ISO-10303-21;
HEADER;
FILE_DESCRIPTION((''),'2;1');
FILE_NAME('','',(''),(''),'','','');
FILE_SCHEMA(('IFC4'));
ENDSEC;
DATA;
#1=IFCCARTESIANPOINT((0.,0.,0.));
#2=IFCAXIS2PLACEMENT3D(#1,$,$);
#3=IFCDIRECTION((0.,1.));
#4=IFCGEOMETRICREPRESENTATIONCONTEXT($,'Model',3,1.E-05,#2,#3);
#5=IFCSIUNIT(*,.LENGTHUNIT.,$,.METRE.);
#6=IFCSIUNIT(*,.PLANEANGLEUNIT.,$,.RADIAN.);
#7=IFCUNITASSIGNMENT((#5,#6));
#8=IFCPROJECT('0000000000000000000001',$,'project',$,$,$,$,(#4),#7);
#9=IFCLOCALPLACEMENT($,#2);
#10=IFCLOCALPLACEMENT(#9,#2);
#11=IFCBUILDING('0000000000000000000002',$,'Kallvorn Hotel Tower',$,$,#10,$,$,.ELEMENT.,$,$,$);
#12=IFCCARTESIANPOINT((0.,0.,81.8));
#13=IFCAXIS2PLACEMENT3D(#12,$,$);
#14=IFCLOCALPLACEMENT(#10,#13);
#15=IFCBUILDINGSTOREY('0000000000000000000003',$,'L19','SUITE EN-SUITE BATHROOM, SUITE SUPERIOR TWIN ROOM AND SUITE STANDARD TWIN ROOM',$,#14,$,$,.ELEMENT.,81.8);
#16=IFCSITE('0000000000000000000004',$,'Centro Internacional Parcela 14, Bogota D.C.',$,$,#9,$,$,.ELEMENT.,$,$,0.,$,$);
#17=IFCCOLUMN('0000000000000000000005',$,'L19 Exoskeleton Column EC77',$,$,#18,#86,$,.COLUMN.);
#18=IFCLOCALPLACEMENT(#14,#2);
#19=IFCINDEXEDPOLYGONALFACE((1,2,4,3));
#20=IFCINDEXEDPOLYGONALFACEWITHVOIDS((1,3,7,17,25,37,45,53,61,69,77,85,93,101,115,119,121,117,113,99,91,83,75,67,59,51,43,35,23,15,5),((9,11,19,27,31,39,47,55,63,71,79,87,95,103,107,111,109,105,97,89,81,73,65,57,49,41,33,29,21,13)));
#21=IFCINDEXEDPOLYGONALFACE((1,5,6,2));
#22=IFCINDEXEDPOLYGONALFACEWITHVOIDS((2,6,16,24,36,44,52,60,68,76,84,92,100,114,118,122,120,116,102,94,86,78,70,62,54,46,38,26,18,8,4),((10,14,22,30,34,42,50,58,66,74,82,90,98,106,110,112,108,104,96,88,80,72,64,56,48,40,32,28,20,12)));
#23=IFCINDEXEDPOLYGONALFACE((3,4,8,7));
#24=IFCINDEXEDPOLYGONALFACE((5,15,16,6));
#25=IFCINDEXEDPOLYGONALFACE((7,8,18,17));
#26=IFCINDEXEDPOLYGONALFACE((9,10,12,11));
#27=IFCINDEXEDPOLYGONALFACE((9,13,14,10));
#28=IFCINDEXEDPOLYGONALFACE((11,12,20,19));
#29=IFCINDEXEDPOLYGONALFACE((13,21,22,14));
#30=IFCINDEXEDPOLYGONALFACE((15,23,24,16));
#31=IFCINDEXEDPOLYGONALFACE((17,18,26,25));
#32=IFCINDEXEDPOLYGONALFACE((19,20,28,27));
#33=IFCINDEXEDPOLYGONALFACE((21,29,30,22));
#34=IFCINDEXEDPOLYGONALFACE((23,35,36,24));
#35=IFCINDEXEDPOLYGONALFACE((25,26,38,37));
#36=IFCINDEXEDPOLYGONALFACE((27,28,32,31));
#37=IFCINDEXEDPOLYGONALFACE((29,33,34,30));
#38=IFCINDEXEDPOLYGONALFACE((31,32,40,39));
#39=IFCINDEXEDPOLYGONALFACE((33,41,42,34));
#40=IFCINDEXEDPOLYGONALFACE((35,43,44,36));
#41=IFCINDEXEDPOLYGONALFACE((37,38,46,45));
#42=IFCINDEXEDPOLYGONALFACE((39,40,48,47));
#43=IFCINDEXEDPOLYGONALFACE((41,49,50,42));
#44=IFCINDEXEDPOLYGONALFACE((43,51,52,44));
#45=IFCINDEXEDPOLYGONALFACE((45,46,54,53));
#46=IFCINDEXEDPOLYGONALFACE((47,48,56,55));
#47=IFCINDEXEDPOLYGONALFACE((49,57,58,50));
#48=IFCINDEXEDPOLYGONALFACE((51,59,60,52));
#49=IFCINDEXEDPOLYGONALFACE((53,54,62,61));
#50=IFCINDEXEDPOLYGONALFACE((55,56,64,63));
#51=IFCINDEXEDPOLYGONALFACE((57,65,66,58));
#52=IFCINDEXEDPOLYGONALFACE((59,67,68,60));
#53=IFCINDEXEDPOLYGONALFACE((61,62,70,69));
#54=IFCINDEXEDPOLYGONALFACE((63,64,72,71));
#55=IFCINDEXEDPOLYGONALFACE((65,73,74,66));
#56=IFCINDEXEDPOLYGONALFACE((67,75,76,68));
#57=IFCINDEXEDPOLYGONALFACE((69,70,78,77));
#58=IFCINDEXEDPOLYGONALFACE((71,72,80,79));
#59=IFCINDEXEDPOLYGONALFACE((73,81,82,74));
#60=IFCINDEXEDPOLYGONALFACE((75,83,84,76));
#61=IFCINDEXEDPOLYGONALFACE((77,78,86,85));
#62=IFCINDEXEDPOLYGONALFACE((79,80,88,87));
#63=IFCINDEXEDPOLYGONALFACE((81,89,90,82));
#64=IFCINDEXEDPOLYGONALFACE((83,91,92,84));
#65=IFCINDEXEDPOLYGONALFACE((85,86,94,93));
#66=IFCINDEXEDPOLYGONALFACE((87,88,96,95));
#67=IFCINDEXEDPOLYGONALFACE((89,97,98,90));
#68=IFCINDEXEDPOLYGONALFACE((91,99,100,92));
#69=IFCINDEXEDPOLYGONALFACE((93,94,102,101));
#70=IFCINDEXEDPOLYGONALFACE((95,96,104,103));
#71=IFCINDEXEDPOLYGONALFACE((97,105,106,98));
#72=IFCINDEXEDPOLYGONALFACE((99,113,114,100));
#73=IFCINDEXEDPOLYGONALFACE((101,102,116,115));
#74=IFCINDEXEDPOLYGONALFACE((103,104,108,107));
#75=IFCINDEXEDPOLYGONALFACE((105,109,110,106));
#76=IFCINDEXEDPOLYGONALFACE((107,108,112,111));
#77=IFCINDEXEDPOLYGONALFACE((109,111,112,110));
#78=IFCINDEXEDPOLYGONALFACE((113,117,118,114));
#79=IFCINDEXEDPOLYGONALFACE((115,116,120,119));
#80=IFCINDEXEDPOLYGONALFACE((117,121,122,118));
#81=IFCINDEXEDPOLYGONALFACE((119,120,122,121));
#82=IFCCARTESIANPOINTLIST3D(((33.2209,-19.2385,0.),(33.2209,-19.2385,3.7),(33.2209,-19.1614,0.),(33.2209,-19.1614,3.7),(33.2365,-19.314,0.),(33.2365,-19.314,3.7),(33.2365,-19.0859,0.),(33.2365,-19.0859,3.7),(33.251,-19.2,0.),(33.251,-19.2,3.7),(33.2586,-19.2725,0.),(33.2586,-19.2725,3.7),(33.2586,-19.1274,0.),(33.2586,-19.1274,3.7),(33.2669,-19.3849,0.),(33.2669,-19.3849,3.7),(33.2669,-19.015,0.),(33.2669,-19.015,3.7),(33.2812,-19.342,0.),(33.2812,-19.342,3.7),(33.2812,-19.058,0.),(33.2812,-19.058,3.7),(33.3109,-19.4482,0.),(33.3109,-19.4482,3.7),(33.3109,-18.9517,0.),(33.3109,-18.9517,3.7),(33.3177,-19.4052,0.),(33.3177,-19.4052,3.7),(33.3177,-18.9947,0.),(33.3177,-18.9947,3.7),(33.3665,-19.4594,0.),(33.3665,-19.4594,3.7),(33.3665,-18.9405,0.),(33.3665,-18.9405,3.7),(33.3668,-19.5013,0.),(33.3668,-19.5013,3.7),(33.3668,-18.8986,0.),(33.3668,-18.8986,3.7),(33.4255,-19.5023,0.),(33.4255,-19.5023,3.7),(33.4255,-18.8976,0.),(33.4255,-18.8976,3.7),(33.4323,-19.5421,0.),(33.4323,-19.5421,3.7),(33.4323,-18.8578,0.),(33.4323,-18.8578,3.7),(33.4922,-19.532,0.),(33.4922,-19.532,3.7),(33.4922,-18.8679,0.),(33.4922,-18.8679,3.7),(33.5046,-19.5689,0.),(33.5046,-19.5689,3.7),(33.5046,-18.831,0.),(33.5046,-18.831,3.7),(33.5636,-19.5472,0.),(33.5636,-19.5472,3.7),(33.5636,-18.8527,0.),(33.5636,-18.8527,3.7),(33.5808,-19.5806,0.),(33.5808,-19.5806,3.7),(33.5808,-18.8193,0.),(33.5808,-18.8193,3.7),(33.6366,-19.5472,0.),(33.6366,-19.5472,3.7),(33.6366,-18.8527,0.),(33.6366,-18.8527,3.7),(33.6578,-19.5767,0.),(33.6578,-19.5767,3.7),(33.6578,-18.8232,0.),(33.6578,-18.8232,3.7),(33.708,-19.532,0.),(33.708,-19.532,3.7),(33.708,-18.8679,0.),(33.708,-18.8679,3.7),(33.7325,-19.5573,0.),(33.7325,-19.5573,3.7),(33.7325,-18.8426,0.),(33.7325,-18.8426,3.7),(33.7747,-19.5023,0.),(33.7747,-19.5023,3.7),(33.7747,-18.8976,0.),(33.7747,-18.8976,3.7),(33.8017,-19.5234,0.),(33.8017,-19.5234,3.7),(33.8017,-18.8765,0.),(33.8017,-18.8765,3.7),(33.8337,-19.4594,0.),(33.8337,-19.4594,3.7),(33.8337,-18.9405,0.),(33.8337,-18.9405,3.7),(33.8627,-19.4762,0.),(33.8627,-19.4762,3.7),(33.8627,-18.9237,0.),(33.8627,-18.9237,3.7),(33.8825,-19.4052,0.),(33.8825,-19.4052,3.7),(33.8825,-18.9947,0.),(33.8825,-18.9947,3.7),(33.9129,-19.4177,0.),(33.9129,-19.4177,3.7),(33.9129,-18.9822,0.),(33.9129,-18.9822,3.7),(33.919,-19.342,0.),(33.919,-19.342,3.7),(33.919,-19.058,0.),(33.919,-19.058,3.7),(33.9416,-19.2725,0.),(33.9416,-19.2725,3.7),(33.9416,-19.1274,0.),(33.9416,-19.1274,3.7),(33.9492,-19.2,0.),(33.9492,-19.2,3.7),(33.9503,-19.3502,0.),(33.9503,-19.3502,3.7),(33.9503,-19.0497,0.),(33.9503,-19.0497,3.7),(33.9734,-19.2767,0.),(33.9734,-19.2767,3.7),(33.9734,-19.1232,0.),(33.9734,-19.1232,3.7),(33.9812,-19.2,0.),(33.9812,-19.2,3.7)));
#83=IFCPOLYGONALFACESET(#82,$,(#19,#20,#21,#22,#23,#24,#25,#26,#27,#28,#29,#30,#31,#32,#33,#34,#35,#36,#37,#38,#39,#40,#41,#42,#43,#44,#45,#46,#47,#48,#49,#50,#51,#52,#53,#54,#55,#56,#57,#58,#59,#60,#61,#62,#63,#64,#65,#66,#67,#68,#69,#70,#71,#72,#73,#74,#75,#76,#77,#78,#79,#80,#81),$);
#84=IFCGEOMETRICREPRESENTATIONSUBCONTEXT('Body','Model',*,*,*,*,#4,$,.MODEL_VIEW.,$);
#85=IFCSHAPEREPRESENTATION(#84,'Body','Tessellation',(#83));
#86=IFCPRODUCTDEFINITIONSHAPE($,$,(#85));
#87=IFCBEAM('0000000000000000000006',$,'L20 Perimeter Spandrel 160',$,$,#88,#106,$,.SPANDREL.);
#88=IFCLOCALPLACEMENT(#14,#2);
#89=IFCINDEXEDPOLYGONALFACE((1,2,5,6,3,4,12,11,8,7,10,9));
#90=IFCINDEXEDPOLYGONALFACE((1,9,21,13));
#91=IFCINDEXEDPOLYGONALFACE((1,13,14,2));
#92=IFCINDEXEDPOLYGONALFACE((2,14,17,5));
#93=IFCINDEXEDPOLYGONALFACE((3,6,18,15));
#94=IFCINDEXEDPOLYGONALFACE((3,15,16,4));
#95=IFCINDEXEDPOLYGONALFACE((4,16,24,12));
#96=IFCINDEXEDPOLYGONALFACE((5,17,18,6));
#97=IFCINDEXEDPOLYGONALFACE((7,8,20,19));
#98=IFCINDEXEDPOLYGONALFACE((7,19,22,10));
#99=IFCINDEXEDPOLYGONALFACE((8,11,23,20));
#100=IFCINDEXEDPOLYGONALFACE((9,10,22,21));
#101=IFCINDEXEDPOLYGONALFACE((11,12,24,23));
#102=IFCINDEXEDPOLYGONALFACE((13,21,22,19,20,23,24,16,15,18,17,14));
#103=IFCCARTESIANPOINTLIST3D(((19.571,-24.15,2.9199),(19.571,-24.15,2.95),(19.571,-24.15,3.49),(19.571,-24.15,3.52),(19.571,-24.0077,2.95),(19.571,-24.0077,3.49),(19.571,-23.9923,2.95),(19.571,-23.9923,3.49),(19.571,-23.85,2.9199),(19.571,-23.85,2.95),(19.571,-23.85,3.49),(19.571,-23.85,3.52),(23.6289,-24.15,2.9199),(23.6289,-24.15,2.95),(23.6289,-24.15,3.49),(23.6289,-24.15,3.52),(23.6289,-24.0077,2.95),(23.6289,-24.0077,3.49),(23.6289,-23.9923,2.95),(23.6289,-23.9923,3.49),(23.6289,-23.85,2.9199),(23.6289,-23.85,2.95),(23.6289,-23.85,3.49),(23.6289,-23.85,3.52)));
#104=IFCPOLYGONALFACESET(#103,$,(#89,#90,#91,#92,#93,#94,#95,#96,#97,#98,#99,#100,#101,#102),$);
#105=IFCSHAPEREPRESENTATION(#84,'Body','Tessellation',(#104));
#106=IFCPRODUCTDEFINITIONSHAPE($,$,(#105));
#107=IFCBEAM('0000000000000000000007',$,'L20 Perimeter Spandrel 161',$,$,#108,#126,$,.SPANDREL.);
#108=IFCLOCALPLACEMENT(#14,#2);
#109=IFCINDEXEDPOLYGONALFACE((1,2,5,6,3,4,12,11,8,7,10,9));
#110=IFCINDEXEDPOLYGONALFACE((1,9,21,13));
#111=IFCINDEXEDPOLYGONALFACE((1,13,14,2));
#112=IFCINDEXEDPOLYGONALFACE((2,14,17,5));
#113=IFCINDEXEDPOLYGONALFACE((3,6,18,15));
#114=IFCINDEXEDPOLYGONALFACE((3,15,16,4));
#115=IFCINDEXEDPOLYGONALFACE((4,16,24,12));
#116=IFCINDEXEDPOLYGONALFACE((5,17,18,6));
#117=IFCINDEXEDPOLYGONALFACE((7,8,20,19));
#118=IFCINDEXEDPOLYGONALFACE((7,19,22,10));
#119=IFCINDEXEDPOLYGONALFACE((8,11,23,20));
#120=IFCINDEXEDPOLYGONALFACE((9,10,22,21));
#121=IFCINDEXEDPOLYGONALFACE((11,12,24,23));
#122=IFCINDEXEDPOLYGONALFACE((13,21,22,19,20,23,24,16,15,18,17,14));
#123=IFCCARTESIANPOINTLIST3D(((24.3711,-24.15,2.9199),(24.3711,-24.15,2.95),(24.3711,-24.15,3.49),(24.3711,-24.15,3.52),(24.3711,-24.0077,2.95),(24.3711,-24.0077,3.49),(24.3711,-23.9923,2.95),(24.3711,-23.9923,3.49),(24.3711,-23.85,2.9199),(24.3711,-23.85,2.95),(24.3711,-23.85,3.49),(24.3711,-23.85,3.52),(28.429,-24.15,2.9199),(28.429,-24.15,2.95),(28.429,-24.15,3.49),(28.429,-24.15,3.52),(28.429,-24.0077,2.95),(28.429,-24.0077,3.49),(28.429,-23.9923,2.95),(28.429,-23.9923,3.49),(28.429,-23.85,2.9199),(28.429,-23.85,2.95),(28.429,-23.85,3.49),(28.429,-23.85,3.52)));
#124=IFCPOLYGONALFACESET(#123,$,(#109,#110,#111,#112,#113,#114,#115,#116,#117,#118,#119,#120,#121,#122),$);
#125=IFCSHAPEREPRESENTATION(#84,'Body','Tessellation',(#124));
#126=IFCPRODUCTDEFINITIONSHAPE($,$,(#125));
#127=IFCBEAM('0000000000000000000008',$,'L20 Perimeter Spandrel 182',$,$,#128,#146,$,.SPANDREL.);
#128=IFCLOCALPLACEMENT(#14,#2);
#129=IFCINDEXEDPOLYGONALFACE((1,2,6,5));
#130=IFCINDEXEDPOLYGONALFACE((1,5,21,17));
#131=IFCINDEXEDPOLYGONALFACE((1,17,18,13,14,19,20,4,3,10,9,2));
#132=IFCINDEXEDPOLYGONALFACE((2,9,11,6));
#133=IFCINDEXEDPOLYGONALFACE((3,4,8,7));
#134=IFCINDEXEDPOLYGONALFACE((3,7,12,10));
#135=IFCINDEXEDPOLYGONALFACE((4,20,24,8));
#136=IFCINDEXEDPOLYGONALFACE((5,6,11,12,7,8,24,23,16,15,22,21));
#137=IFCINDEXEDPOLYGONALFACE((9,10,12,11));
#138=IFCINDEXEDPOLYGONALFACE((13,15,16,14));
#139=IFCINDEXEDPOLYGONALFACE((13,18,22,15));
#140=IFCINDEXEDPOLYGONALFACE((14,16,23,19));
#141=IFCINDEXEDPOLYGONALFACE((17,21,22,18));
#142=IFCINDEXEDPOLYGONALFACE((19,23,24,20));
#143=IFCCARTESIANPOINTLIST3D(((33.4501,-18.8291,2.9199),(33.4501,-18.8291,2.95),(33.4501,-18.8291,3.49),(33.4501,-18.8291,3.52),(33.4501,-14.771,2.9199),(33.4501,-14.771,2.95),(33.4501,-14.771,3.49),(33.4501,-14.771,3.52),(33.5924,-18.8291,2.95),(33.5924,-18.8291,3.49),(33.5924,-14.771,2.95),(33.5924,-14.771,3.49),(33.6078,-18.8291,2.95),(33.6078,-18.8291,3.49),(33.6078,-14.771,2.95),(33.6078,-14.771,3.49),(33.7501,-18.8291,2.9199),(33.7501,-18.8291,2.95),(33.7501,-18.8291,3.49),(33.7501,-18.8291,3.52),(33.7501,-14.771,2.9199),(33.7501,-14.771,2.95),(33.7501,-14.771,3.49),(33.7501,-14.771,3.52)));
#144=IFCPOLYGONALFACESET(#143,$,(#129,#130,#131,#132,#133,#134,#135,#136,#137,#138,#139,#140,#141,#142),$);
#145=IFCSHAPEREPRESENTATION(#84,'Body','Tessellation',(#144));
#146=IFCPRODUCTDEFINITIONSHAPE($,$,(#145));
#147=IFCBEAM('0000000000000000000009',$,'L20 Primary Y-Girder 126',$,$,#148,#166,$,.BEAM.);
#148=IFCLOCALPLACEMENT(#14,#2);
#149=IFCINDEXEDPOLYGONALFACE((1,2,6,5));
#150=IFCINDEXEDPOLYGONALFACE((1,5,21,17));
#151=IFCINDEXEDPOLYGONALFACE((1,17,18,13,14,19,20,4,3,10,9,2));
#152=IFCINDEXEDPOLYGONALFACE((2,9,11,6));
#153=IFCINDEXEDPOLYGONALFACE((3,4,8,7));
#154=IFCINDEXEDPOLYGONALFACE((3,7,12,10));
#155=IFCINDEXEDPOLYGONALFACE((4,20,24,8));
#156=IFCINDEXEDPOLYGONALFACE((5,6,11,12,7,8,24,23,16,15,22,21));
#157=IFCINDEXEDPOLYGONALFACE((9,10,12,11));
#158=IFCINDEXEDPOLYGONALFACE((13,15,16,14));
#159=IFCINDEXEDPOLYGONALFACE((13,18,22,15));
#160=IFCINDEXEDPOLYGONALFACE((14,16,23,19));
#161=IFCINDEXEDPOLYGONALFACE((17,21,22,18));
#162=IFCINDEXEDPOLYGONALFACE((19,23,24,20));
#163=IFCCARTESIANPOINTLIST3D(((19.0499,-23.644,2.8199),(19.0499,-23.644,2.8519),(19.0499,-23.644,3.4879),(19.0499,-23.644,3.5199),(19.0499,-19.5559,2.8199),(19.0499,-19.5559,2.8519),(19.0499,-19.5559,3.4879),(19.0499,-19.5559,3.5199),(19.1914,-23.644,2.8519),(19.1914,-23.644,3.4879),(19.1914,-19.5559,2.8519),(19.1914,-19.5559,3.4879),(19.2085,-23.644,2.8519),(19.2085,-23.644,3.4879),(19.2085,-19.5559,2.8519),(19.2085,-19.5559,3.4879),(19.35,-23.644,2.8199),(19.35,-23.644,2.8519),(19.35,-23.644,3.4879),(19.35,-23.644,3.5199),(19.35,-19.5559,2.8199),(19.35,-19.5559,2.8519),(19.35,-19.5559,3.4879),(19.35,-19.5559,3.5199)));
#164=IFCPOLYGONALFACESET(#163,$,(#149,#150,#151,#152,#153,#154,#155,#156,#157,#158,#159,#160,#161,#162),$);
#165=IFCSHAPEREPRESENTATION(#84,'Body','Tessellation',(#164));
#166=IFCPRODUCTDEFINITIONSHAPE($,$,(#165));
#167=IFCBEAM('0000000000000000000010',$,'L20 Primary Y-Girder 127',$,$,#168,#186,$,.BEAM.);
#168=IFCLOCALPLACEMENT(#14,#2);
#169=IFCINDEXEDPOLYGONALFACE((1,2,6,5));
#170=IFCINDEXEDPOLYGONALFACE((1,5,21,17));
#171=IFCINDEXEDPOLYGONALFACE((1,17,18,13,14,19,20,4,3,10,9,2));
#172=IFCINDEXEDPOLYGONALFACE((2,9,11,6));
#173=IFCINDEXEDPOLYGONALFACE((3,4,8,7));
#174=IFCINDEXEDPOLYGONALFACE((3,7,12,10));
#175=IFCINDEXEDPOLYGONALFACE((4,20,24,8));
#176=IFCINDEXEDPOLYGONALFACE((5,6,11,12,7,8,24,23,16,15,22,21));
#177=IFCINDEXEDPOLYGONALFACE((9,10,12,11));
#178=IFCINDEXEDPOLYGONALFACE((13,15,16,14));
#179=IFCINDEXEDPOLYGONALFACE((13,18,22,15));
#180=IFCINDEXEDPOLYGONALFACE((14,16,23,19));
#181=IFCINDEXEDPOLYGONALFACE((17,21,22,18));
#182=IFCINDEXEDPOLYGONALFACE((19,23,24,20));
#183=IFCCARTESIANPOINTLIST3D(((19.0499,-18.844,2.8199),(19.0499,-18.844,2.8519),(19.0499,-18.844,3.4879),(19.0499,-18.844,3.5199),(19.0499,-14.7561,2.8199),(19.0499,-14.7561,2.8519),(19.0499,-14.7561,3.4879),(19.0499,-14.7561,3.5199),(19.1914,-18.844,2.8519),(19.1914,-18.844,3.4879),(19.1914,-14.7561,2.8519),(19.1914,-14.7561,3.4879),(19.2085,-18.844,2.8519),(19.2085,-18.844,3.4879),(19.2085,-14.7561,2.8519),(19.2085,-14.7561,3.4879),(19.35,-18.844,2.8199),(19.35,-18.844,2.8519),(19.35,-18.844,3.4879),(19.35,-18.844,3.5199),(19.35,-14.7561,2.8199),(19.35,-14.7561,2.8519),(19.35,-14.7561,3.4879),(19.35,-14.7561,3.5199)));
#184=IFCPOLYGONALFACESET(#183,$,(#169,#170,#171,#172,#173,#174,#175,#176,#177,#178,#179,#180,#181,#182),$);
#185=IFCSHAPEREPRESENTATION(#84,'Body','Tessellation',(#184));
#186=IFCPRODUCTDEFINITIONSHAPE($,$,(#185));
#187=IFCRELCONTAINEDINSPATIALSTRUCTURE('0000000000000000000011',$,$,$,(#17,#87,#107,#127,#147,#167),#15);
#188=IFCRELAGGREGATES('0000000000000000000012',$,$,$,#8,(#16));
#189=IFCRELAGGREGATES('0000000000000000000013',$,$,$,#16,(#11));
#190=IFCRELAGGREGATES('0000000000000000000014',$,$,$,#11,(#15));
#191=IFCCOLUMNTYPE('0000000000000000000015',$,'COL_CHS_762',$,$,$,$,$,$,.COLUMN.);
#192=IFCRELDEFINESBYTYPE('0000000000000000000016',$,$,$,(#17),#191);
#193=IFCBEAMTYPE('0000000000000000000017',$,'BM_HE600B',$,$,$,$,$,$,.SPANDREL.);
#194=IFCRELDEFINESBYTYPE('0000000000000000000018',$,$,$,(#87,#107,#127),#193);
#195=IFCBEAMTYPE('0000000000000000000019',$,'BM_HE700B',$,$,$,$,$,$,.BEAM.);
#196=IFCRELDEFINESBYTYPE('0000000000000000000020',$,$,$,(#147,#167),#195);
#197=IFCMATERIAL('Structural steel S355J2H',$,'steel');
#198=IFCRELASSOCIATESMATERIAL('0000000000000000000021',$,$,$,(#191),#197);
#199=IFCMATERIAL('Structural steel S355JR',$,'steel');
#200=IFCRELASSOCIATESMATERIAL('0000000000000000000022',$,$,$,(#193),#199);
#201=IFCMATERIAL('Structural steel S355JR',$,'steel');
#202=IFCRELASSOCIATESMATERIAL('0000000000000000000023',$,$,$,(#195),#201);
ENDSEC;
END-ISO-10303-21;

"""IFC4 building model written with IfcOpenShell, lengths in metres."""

from ifc_helpers import new_model, si_unit, direction, frame, origin, origin_2d, place, context, subcontext, project, spatial, hollow_circle, i_section, extrude, material, material_profile, profile_set, type_object, element, save


model = new_model("IFC4")

# Units and contexts
model_context = context("Model", 3, precision=1e-05, world=origin(), true_north=direction((0.0, 1.0)))
body_context = subcontext(model_context, "Body", "Model", "MODEL_VIEW")
ifc_project = project(units=[si_unit("LENGTHUNIT", "METRE"), si_unit("PLANEANGLEUNIT", "RADIAN")], contexts=[model_context])

# Site, building, storey
site_placement = place(None, origin())
site = spatial("IfcSite", under=ifc_project, at=site_placement, Name="Centro Internacional Parcela 14, Bogota D.C.", CompositionType="ELEMENT", RefElevation=0.0)
building_placement = place(site_placement, origin())
building = spatial("IfcBuilding", under=site, at=building_placement, Name="Kallvorn Hotel Tower", CompositionType="ELEMENT")
storey_placement = place(building_placement, frame((0.0, 0.0, 81.8)))
storey = spatial("IfcBuildingStorey", under=building, at=storey_placement, Name="L19", Description="SUITE EN-SUITE BATHROOM, SUITE SUPERIOR TWIN ROOM AND SUITE STANDARD TWIN ROOM", CompositionType="ELEMENT", Elevation=81.8)

# Column
ifc_material_1 = material(Name="Structural steel S355J2H", Category="steel")
ifc_material_profile_1 = material_profile(ifc_material_1, hollow_circle(Radius=0.3811, WallThickness=0.032, at=origin_2d()), Name="CHS 762x32")
ifc_profile_set_1 = profile_set([ifc_material_profile_1], Name="Structural steel S355J2H")
column_type = type_object("IfcColumnType", Name="COL_CHS_762", PredefinedType="COLUMN", material=ifc_profile_set_1)
for number, where, z_axis, x_axis, name in (
    (1, (33.6001, -19.2, 0.0), (0.0, 0.0, 1.0), (1.0, 0.0, 0.0), "L19 Exoskeleton Column EC77"),
):
    element("IfcColumn", number, at=place(storey_placement, frame(where, z_axis=z_axis, x_axis=x_axis)), inside=storey, type_object=column_type, Name=name, PredefinedType="COLUMN", context=body_context, shape_type="SweptSolid", body=[
        extrude(hollow_circle(Radius=0.3811, WallThickness=0.032, at=origin_2d()), origin(), (0.0, 0.0, 1.0), 3.7),
    ])

# Beams
ifc_material_2 = material(Name="Structural steel S355JR", Category="steel")
ifc_material_profile_2 = material_profile(ifc_material_2, i_section(OverallWidth=0.3, OverallDepth=0.6001, WebThickness=0.0154, FlangeThickness=0.03, at=origin_2d()), Name="HE 600 B")
ifc_profile_set_2 = profile_set([ifc_material_profile_2], Name="Structural steel S355JR")
beam_type_1 = type_object("IfcBeamType", Name="BM_HE600B", PredefinedType="SPANDREL", material=ifc_profile_set_2)
for number, where, z_axis, x_axis, name in (
    (2, (19.571, -24.0, 3.22), (1.0, 0.0, 0.0), (0.0, 1.0, 0.0), "L20 Perimeter Spandrel 160"),
    (3, (24.3711, -24.0, 3.22), (1.0, 0.0, 0.0), (0.0, 1.0, 0.0), "L20 Perimeter Spandrel 161"),
):
    element("IfcBeam", number, at=place(storey_placement, frame(where, z_axis=z_axis, x_axis=x_axis)), inside=storey, type_object=beam_type_1, Name=name, PredefinedType="SPANDREL", context=body_context, shape_type="SweptSolid", body=[
        extrude(i_section(OverallWidth=0.3, OverallDepth=0.6001, WebThickness=0.0154, FlangeThickness=0.03, at=origin_2d()), origin(), (0.0, 0.0, 1.0), 4.0579),
    ])
beam_1_placement = place(storey_placement, frame((33.6001, -18.8291, 3.22), z_axis=(0.0, 1.0, 0.0), x_axis=(-1.0, 0.0, 0.0)))
element("IfcBeam", 4, at=beam_1_placement, inside=storey, type_object=beam_type_1, Name="L20 Perimeter Spandrel 182", PredefinedType="SPANDREL", context=body_context, shape_type="SweptSolid", body=[
    extrude(i_section(OverallWidth=0.3, OverallDepth=0.6001, WebThickness=0.0154, FlangeThickness=0.03, at=origin_2d()), origin(), (0.0, 0.0, 1.0), 4.0581),
])
ifc_material_3 = material(Name="Structural steel S355JR", Category="steel")
ifc_material_profile_3 = material_profile(ifc_material_3, i_section(OverallWidth=0.3, OverallDepth=0.7, WebThickness=0.0171, FlangeThickness=0.032, at=origin_2d()), Name="HE 700 B")
ifc_profile_set_3 = profile_set([ifc_material_profile_3], Name="Structural steel S355JR")
beam_type_2 = type_object("IfcBeamType", Name="BM_HE700B", PredefinedType="BEAM", material=ifc_profile_set_3)
beam_2_placement = place(storey_placement, frame((19.2, -23.644, 3.1699), z_axis=(0.0, 1.0, 0.0), x_axis=(-1.0, 0.0, 0.0)))
element("IfcBeam", 5, at=beam_2_placement, inside=storey, type_object=beam_type_2, Name="L20 Primary Y-Girder 126", PredefinedType="BEAM", context=body_context, shape_type="SweptSolid", body=[
    extrude(i_section(OverallWidth=0.3, OverallDepth=0.7, WebThickness=0.0171, FlangeThickness=0.032, at=origin_2d()), origin(), (0.0, 0.0, 1.0), 4.0881),
])
beam_3_placement = place(storey_placement, frame((19.2, -18.844, 3.1699), z_axis=(0.0, 1.0, 0.0), x_axis=(-1.0, 0.0, 0.0)))
element("IfcBeam", 6, at=beam_3_placement, inside=storey, type_object=beam_type_2, Name="L20 Primary Y-Girder 127", PredefinedType="BEAM", context=body_context, shape_type="SweptSolid", body=[
    extrude(i_section(OverallWidth=0.3, OverallDepth=0.7, WebThickness=0.0171, FlangeThickness=0.032, at=origin_2d()), origin(), (0.0, 0.0, 1.0), 4.0879),
])

save(model, "model.ifc")
